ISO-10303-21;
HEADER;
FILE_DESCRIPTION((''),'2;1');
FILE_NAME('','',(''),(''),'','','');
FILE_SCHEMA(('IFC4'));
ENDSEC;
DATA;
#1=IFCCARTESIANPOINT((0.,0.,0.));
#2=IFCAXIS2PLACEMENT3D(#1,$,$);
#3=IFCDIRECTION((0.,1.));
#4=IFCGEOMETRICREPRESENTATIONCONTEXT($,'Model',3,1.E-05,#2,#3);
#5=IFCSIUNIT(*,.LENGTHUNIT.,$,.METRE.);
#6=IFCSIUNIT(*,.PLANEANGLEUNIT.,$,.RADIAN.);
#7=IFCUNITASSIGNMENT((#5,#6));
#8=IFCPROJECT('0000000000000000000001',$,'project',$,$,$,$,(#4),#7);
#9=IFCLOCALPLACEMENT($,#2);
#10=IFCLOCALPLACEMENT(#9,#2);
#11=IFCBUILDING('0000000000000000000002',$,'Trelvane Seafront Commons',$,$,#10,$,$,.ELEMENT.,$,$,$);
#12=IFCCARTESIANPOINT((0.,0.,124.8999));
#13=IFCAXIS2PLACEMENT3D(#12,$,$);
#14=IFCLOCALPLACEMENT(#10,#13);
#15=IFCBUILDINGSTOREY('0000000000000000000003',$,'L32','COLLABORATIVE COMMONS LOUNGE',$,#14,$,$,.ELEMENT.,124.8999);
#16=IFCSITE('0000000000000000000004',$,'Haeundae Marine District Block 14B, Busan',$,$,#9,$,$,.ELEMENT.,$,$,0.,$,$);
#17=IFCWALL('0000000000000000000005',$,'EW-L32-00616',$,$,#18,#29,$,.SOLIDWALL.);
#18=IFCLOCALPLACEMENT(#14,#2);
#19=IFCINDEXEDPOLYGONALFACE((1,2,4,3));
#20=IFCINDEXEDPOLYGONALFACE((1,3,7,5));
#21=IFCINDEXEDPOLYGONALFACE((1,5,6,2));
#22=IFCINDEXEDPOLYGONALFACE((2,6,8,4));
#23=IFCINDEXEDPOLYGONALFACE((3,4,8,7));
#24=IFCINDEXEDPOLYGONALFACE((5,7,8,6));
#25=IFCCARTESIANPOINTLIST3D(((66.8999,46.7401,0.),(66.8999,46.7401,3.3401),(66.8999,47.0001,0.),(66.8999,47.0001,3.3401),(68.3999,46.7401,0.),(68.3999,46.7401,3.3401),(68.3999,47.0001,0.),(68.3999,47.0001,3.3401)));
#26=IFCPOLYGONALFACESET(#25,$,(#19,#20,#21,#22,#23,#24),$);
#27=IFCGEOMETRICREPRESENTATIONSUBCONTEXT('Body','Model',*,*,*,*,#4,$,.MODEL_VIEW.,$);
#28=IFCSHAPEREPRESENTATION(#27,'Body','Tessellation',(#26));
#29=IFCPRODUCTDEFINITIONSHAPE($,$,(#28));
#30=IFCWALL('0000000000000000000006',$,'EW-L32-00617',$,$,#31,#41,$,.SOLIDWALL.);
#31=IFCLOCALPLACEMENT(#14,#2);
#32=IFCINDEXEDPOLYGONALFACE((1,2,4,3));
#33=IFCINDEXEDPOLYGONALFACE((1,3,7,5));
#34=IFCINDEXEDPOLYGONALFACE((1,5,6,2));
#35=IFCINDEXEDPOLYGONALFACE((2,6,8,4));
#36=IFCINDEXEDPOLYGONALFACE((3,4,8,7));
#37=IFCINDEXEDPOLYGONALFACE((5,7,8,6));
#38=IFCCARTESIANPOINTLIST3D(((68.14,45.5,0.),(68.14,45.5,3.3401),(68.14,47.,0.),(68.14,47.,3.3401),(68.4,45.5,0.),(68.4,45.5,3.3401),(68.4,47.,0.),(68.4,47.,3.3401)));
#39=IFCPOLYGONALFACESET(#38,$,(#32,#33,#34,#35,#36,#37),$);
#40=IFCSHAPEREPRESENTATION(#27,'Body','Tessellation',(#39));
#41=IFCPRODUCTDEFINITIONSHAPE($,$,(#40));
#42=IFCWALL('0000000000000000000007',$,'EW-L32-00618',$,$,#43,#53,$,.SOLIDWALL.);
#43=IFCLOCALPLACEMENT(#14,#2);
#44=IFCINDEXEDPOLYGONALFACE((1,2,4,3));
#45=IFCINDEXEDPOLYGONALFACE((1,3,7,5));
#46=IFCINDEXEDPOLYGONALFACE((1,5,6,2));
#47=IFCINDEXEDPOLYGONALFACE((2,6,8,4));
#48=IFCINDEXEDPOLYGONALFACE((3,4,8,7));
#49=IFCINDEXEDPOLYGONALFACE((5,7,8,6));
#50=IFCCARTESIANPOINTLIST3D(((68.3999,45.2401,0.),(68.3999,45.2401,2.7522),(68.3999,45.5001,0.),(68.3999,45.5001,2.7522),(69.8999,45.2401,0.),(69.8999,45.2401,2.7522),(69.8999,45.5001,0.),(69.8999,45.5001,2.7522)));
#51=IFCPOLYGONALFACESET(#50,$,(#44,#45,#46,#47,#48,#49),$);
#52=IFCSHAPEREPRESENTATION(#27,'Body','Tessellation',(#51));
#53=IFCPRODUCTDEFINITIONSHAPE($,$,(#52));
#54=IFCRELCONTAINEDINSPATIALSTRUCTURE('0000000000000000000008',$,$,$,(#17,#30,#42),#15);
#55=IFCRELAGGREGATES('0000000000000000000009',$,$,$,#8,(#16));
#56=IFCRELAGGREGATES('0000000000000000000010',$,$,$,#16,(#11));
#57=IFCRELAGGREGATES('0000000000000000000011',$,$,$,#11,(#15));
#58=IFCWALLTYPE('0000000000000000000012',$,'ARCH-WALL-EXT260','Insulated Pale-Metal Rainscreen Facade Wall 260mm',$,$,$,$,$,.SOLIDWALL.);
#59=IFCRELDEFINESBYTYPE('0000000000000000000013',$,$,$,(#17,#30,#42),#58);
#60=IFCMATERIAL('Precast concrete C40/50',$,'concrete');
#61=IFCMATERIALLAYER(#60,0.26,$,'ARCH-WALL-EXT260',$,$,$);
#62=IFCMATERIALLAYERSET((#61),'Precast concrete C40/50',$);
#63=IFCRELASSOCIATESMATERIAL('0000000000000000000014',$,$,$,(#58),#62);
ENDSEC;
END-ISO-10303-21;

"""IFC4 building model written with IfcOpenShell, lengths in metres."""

from ifc_helpers import new_model, si_unit, direction, frame, frame_2d, origin, place, context, subcontext, project, spatial, rectangle, extrude, material, layer, layer_set, type_object, element, save


model = new_model("IFC4")

# Units and contexts
model_context = context("Model", 3, precision=1e-05, world=origin(), true_north=direction((0.0, 1.0)))
body_context = subcontext(model_context, "Body", "Model", "MODEL_VIEW")
ifc_project = project(units=[si_unit("LENGTHUNIT", "METRE"), si_unit("PLANEANGLEUNIT", "RADIAN")], contexts=[model_context])

# Site, building, storey
site_placement = place(None, origin())
site = spatial("IfcSite", under=ifc_project, at=site_placement, Name="Haeundae Marine District Block 14B, Busan", CompositionType="ELEMENT", RefElevation=0.0)
building_placement = place(site_placement, origin())
building = spatial("IfcBuilding", under=site, at=building_placement, Name="Trelvane Seafront Commons", CompositionType="ELEMENT")
storey_placement = place(building_placement, frame((0.0, 0.0, 124.8999)))
storey = spatial("IfcBuildingStorey", under=building, at=storey_placement, Name="L32", Description="COLLABORATIVE COMMONS LOUNGE", CompositionType="ELEMENT", Elevation=124.8999)

# Shared definitions
ifc_material_1 = material(Name="Precast concrete C40/50", Category="concrete")
ifc_layer_1 = layer(ifc_material_1, 0.26, Name="ARCH-WALL-EXT260")
ifc_layer_set_1 = layer_set([ifc_layer_1], Name="Precast concrete C40/50")
wall_type_1 = type_object("IfcWallType", Name="ARCH-WALL-EXT260", Description="Insulated Pale-Metal Rainscreen Facade Wall 260mm", PredefinedType="SOLIDWALL", material=ifc_layer_set_1)

# Walls
for number, where, z_axis, x_axis, name in (
    (1, (66.8999, 46.8701, 0.0), (0.0, 0.0, 1.0), (1.0, 0.0, 0.0), "EW-L32-00616"),
    (2, (68.27, 47.0, 0.0), (0.0, 0.0, 1.0), (0.0, -1.0, 0.0), "EW-L32-00617"),
):
    element("IfcWall", number, at=place(storey_placement, frame(where, z_axis=z_axis, x_axis=x_axis)), inside=storey, type_object=wall_type_1, Name=name, PredefinedType="SOLIDWALL", context=body_context, shape_type="SweptSolid", body=[
        extrude(rectangle(XDim=1.5, YDim=0.26, at=frame_2d((0.75, 0.0))), origin(), (0.0, 0.0, 1.0), 3.3401),
    ])
wall_1_placement = place(storey_placement, frame((68.3999, 45.3701, 0.0), z_axis=(0.0, 0.0, 1.0), x_axis=(1.0, 0.0, 0.0)))
element("IfcWall", 3, at=wall_1_placement, inside=storey, type_object=wall_type_1, Name="EW-L32-00618", PredefinedType="SOLIDWALL", context=body_context, shape_type="SweptSolid", body=[
    extrude(rectangle(XDim=1.5, YDim=0.26, at=frame_2d((0.75, 0.0))), origin(), (0.0, 0.0, 1.0), 2.7522),
])

save(model, "model.ifc")
